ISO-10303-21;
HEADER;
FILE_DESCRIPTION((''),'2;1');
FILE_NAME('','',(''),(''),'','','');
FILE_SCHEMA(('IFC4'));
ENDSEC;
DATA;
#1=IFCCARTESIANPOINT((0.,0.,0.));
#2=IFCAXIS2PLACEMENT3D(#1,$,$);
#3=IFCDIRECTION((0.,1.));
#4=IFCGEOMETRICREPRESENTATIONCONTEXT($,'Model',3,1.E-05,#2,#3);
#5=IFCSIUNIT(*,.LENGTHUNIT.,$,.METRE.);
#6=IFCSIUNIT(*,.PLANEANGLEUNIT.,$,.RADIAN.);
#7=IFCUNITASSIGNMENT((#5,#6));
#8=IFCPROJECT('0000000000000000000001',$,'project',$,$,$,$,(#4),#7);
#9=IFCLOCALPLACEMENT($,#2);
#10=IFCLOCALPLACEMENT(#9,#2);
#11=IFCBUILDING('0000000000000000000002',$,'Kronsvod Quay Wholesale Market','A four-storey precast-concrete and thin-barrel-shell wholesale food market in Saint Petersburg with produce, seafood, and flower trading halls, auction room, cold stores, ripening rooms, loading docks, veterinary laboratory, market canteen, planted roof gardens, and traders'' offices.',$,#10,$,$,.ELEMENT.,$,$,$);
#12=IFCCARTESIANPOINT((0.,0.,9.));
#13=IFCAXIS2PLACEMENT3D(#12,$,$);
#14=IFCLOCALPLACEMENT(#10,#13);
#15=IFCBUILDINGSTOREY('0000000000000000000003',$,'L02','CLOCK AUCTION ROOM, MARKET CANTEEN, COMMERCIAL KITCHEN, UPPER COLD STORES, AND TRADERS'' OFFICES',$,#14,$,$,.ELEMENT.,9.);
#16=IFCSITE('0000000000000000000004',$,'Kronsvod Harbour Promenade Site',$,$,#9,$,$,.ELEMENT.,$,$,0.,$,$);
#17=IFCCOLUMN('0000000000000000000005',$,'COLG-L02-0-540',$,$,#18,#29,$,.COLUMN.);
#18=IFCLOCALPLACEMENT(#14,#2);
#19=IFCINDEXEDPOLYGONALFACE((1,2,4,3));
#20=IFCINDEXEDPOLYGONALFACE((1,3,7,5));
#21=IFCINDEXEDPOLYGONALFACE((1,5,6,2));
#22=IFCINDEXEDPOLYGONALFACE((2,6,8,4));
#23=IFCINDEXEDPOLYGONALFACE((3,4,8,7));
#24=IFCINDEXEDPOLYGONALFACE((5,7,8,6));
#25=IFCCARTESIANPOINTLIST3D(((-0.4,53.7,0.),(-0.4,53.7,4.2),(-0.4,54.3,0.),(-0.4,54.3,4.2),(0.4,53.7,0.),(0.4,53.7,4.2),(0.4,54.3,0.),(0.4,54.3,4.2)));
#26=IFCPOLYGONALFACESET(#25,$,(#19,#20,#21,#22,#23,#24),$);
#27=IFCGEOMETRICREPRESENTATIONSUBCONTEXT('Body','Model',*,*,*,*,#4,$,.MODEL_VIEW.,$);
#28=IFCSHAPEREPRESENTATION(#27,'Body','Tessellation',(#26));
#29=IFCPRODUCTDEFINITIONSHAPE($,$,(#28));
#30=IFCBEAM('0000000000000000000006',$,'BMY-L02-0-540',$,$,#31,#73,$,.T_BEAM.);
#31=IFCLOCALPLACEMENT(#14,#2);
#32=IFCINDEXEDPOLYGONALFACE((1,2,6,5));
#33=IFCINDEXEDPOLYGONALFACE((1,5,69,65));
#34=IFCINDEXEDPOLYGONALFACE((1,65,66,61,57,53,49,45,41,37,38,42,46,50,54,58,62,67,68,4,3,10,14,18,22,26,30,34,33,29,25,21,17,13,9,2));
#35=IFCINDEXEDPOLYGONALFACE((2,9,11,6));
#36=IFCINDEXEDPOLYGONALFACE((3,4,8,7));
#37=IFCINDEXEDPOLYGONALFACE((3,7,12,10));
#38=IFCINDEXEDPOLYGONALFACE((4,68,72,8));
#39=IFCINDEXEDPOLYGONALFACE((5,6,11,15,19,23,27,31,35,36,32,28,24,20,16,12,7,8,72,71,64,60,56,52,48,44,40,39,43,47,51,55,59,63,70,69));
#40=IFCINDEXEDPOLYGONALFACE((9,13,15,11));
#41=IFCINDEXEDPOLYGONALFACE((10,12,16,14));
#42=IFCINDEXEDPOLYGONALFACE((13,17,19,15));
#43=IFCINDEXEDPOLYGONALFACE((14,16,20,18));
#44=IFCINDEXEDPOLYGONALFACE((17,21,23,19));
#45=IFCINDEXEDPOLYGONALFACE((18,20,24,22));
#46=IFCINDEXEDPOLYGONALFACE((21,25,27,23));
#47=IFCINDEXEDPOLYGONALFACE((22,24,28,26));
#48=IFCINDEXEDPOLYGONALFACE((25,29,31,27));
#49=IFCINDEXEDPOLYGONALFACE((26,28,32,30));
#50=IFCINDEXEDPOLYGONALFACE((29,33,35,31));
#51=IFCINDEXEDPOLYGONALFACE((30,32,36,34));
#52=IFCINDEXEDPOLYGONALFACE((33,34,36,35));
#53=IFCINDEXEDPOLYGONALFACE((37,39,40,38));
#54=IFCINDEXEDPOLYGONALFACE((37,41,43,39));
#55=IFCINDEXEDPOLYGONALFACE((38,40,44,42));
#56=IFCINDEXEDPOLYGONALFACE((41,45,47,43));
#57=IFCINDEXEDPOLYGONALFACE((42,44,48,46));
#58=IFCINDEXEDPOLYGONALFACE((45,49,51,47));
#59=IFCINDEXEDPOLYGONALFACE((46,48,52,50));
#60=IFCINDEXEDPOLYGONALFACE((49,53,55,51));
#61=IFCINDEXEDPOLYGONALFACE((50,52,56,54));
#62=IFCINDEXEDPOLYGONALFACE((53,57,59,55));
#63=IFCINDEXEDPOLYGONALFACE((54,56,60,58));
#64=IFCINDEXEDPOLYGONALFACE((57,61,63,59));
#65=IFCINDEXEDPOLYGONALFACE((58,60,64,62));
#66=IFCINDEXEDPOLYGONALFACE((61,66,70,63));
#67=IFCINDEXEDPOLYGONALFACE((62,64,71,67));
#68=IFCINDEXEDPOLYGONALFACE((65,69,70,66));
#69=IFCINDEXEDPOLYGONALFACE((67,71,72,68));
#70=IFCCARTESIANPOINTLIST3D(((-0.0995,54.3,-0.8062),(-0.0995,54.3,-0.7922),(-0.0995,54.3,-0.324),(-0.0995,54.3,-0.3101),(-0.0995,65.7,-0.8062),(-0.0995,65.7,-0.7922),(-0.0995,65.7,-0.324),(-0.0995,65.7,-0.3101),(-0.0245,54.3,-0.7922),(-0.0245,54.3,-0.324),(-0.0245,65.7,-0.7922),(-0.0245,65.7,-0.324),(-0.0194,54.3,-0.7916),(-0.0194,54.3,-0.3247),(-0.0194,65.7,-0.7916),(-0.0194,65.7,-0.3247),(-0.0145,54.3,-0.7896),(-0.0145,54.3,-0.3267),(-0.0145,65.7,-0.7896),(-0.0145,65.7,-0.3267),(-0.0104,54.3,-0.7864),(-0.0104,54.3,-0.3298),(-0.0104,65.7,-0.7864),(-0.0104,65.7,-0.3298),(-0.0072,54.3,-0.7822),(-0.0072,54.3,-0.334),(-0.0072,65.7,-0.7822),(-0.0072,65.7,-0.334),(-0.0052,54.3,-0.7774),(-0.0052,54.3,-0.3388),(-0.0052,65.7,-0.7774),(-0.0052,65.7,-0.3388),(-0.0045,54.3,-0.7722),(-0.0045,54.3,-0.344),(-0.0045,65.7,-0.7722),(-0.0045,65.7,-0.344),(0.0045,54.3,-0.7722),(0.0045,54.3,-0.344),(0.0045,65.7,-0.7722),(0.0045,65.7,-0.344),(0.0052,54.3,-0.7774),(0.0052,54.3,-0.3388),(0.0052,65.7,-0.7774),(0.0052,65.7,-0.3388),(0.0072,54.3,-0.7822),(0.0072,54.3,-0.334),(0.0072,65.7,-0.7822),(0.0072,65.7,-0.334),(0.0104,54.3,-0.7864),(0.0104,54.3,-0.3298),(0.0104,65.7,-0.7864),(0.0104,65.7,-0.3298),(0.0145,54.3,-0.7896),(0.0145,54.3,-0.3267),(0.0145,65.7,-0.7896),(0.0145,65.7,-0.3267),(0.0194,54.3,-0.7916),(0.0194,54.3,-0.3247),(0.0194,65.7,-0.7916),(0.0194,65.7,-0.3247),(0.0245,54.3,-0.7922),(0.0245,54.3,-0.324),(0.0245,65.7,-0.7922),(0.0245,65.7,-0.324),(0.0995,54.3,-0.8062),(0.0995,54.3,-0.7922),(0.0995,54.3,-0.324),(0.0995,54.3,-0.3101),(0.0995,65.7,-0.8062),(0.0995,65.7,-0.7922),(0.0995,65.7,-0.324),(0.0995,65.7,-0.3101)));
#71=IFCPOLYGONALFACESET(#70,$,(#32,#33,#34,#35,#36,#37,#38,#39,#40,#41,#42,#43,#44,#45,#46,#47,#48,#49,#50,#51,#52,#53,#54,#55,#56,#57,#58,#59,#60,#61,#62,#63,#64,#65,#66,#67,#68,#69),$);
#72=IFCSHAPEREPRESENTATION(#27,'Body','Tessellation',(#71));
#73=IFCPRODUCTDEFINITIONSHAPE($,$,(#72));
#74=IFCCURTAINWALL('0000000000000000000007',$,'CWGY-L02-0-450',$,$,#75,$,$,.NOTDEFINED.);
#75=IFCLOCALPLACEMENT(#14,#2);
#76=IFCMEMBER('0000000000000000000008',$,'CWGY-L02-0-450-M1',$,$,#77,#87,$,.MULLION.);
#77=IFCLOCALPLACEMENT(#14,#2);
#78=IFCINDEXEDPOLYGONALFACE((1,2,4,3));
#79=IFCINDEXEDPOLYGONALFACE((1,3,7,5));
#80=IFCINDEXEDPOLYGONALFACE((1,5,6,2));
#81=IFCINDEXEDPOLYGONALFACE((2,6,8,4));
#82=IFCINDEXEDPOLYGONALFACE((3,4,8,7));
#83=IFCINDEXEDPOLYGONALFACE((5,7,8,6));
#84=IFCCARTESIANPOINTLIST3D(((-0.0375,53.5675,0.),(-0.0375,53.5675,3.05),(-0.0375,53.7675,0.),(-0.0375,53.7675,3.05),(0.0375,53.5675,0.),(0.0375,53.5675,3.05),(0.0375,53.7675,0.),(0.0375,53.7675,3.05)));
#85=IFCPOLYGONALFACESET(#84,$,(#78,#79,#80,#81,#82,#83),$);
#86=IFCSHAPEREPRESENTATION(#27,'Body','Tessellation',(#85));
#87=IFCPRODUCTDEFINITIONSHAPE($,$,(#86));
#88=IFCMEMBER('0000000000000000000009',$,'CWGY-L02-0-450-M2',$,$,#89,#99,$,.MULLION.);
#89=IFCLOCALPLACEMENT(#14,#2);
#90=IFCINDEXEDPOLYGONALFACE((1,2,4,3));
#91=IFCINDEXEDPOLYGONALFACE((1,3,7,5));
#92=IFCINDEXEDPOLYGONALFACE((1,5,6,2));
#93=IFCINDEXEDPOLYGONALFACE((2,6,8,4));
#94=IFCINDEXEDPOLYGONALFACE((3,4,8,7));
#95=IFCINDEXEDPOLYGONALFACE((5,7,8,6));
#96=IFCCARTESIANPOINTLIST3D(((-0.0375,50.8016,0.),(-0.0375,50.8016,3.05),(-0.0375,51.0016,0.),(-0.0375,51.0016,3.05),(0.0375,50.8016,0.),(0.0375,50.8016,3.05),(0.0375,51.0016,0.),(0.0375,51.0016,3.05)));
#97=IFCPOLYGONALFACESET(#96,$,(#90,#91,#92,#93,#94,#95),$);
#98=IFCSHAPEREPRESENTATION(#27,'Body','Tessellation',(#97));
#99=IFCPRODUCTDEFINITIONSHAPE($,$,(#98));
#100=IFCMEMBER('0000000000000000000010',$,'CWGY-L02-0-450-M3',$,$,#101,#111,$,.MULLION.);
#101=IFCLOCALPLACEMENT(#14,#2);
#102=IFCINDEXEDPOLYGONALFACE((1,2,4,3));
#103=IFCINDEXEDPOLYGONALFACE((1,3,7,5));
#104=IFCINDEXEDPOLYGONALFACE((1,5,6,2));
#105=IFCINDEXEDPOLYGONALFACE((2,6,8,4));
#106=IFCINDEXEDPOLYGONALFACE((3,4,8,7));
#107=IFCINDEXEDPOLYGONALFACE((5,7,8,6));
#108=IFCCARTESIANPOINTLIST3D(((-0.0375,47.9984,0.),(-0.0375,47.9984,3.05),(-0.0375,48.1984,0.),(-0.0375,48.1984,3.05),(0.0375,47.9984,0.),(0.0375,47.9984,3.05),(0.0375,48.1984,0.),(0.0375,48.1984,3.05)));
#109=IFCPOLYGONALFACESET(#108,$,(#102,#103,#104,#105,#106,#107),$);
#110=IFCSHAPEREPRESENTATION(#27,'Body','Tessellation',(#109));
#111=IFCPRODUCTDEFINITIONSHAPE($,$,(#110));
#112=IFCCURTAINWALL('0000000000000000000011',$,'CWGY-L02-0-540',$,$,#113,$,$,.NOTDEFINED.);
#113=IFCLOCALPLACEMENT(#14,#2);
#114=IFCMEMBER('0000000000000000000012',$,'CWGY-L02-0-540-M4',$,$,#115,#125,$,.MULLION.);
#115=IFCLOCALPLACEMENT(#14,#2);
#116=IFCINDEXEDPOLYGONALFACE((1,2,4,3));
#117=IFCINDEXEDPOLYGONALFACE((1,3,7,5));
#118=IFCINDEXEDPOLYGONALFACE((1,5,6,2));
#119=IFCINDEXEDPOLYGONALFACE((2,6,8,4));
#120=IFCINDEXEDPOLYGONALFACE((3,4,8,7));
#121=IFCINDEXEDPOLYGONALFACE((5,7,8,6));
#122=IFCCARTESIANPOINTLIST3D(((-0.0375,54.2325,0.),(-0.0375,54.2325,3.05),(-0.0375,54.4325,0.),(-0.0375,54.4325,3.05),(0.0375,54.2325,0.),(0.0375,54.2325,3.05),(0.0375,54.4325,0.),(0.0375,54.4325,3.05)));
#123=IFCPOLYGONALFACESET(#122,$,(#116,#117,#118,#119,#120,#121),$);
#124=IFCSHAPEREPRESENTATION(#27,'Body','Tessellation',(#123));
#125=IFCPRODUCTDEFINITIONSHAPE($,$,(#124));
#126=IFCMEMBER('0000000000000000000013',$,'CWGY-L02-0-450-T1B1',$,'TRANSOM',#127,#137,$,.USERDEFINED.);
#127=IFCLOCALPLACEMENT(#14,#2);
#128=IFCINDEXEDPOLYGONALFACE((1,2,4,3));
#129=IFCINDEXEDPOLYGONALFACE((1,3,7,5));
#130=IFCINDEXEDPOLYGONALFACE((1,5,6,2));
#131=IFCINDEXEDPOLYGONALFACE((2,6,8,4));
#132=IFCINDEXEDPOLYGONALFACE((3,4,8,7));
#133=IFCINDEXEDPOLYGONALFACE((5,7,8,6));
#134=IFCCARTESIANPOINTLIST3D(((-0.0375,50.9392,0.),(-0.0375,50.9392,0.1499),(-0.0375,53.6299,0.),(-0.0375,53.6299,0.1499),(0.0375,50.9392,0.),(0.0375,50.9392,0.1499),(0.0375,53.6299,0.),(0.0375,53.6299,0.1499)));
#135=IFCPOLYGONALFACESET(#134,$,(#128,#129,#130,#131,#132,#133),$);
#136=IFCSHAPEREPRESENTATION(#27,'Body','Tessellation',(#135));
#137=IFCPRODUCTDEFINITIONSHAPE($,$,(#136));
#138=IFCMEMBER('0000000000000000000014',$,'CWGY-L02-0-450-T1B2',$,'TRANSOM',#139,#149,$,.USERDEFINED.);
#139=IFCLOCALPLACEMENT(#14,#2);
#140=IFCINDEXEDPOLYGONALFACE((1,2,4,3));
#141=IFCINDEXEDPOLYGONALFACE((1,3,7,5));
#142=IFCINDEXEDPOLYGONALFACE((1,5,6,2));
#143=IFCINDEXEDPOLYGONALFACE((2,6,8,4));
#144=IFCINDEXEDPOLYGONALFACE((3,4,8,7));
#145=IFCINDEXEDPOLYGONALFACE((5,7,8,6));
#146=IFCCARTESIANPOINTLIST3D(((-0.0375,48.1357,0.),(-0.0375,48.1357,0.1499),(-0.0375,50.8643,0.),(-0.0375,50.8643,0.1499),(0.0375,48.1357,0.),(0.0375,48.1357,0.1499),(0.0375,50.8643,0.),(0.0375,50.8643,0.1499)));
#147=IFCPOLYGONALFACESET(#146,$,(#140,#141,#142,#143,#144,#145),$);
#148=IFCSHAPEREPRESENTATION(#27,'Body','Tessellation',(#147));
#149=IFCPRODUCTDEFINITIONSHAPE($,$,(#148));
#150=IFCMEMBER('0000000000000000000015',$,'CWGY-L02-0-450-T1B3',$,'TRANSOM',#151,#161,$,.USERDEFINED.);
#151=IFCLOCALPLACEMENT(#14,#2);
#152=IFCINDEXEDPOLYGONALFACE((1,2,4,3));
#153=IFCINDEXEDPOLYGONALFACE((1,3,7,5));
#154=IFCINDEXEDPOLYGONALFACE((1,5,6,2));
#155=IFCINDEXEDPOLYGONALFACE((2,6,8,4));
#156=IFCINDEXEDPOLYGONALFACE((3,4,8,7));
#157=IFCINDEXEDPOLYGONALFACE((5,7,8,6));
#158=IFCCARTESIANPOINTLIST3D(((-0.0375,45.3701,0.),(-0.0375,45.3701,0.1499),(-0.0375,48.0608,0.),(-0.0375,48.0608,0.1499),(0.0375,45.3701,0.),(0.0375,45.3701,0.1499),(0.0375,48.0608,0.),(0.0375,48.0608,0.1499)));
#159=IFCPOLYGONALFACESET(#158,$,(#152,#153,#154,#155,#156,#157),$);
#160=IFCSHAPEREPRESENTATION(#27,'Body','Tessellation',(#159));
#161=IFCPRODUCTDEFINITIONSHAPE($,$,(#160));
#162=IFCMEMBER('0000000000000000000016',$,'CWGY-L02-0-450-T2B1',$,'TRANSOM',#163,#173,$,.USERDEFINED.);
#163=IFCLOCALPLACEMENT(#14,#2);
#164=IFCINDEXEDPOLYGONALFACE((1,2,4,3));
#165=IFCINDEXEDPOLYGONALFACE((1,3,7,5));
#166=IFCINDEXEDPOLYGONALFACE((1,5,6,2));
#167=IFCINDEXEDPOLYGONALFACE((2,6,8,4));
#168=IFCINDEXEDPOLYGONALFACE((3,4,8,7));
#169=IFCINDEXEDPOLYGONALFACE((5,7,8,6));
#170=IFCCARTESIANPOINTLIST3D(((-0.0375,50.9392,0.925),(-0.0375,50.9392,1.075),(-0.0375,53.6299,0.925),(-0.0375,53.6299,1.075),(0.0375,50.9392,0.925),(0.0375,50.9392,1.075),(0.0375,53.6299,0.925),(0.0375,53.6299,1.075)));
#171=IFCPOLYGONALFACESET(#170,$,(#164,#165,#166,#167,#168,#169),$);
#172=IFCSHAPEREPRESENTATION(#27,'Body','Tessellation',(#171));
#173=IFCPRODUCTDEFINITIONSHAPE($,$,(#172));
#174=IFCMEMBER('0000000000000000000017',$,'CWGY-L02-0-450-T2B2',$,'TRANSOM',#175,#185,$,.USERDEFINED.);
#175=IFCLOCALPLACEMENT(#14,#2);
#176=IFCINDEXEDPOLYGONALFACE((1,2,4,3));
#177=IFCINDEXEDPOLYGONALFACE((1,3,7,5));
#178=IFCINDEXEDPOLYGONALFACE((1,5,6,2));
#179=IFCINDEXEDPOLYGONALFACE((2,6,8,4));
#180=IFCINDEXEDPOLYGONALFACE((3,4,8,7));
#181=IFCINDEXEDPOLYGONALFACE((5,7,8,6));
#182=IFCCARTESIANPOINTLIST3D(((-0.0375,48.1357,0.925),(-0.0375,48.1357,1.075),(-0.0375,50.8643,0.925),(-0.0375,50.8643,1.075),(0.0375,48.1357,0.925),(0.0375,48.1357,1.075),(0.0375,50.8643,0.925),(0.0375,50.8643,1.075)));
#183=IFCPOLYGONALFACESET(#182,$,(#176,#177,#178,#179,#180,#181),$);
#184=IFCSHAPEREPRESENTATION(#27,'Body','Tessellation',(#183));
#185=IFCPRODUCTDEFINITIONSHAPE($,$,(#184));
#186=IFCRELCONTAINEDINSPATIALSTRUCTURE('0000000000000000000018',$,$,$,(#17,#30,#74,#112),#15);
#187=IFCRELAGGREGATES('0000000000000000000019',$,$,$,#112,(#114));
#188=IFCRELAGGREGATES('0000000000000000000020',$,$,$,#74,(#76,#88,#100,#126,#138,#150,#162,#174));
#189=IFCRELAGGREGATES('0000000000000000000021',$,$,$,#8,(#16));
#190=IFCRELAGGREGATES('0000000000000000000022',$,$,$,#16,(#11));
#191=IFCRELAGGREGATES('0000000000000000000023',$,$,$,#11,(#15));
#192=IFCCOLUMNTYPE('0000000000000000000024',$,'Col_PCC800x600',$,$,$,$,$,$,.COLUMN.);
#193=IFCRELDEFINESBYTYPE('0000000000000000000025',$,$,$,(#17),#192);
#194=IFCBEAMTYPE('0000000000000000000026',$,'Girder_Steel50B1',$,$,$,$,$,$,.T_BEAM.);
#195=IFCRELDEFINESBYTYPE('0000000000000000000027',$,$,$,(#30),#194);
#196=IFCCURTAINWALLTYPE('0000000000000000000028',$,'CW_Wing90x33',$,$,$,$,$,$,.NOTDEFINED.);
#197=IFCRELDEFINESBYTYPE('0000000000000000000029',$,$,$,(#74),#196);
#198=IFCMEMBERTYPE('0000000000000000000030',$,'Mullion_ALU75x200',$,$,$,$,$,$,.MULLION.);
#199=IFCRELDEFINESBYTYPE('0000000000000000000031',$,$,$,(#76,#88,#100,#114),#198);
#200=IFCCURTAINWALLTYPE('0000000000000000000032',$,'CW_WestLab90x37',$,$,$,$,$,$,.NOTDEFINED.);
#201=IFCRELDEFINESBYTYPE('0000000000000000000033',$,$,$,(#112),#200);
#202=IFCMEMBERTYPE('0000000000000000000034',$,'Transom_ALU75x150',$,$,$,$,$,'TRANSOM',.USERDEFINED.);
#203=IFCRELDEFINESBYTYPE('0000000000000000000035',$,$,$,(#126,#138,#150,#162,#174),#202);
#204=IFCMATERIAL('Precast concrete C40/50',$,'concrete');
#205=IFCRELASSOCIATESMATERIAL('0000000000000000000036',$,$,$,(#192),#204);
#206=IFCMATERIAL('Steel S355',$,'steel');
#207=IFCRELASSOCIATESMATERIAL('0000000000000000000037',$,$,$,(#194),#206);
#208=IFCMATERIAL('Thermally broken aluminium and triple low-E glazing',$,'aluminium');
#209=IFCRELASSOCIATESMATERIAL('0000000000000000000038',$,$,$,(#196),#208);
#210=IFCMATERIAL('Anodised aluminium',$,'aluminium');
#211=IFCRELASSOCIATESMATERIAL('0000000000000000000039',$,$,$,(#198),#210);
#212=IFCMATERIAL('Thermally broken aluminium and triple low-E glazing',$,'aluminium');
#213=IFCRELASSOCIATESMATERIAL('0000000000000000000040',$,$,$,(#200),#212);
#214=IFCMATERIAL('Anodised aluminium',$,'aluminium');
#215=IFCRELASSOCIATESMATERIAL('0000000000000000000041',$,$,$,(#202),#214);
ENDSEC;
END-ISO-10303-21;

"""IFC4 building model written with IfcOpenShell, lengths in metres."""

from ifc_helpers import new_model, si_unit, direction, frame, origin, origin_2d, place, context, subcontext, project, spatial, rectangle, i_section, extrude, material, material_profile, profile_set, type_object, element, aggregate, save


model = new_model("IFC4")

# Units and contexts
model_context = context("Model", 3, precision=1e-05, world=origin(), true_north=direction((0.0, 1.0)))
body_context = subcontext(model_context, "Body", "Model", "MODEL_VIEW")
ifc_project = project(units=[si_unit("LENGTHUNIT", "METRE"), si_unit("PLANEANGLEUNIT", "RADIAN")], contexts=[model_context])

# Site, building, storey
site_placement = place(None, origin())
site = spatial("IfcSite", under=ifc_project, at=site_placement, Name="Kronsvod Harbour Promenade Site", CompositionType="ELEMENT", RefElevation=0.0)
building_placement = place(site_placement, origin())
building = spatial("IfcBuilding", under=site, at=building_placement, Name="Kronsvod Quay Wholesale Market", Description="A four-storey precast-concrete and thin-barrel-shell wholesale food market in Saint Petersburg with produce, seafood, and flower trading halls, auction room, cold stores, ripening rooms, loading docks, veterinary laboratory, market canteen, planted roof gardens, and traders' offices.", CompositionType="ELEMENT")
storey_placement = place(building_placement, frame((0.0, 0.0, 9.0)))
storey = spatial("IfcBuildingStorey", under=building, at=storey_placement, Name="L02", Description="CLOCK AUCTION ROOM, MARKET CANTEEN, COMMERCIAL KITCHEN, UPPER COLD STORES, AND TRADERS' OFFICES", CompositionType="ELEMENT", Elevation=9.0)

# Column
ifc_material_1 = material(Name="Precast concrete C40/50", Category="concrete")
ifc_material_profile_1 = material_profile(ifc_material_1, rectangle(XDim=0.8, YDim=0.6001, at=origin_2d()), Name="PCC800x600")
ifc_profile_set_1 = profile_set([ifc_material_profile_1], Name="Precast concrete C40/50")
column_type = type_object("IfcColumnType", Name="Col_PCC800x600", PredefinedType="COLUMN", material=ifc_profile_set_1)
column_placement = place(storey_placement, frame((0.0, 54.0, 0.0), z_axis=(0.0, 0.0, 1.0), x_axis=(1.0, 0.0, 0.0)))
element("IfcColumn", 1, at=column_placement, inside=storey, type_object=column_type, Name="COLG-L02-0-540", PredefinedType="COLUMN", context=body_context, shape_type="SweptSolid", body=[
    extrude(rectangle(XDim=0.8, YDim=0.6001, at=origin_2d()), origin(), (0.0, 0.0, 1.0), 4.2),
])

# Beam
ifc_material_2 = material(Name="Steel S355", Category="steel")
ifc_material_profile_2 = material_profile(ifc_material_2, i_section(OverallWidth=0.199, OverallDepth=0.4961, WebThickness=0.009, FlangeThickness=0.0139, FilletRadius=0.02, at=origin_2d()), Name="50B1")
ifc_profile_set_2 = profile_set([ifc_material_profile_2], Name="Steel S355")
beam_type = type_object("IfcBeamType", Name="Girder_Steel50B1", PredefinedType="T_BEAM", material=ifc_profile_set_2)
beam_placement = place(storey_placement, frame((0.0, 54.3, -0.5581), z_axis=(0.0, 1.0, 0.0), x_axis=(-1.0, 0.0, 0.0)))
element("IfcBeam", 2, at=beam_placement, inside=storey, type_object=beam_type, Name="BMY-L02-0-540", PredefinedType="T_BEAM", context=body_context, shape_type="SweptSolid", body=[
    extrude(i_section(OverallWidth=0.199, OverallDepth=0.4961, WebThickness=0.009, FlangeThickness=0.0139, FilletRadius=0.02, at=origin_2d()), origin(), (0.0, 0.0, 1.0), 11.3999),
])

# Curtain wall, members
ifc_material_3 = material(Name="Thermally broken aluminium and triple low-E glazing", Category="aluminium")
curtain_wall_type_1 = type_object("IfcCurtainWallType", Name="CW_Wing90x33", PredefinedType="NOTDEFINED", material=ifc_material_3)
curtain_wall_1_placement = place(storey_placement, origin())
curtain_wall_1 = element("IfcCurtainWall", 3, at=curtain_wall_1_placement, inside=storey, type_object=curtain_wall_type_1, Name="CWGY-L02-0-450", PredefinedType="NOTDEFINED")
ifc_material_4 = material(Name="Anodised aluminium", Category="aluminium")
ifc_material_profile_3 = material_profile(ifc_material_4, rectangle(XDim=0.075, YDim=0.2, at=origin_2d()), Name="ALUM75x200")
ifc_profile_set_3 = profile_set([ifc_material_profile_3], Name="Anodised aluminium")
member_type_1 = type_object("IfcMemberType", Name="Mullion_ALU75x200", PredefinedType="MULLION", material=ifc_profile_set_3)
member_1_placement = place(storey_placement, frame((0.0, 53.6675, 0.0), z_axis=(0.0, 0.0, 1.0), x_axis=(1.0, 0.0, 0.0)))
member_1 = element("IfcMember", 4, at=member_1_placement, type_object=member_type_1, Name="CWGY-L02-0-450-M1", PredefinedType="MULLION", context=body_context, shape_type="SweptSolid", body=[
    extrude(rectangle(XDim=0.075, YDim=0.2, at=origin_2d()), origin(), (0.0, 0.0, 1.0), 3.05),
])
member_2_placement = place(storey_placement, frame((0.0, 50.9016, 0.0), z_axis=(0.0, 0.0, 1.0), x_axis=(1.0, 0.0, 0.0)))
member_2 = element("IfcMember", 5, at=member_2_placement, type_object=member_type_1, Name="CWGY-L02-0-450-M2", PredefinedType="MULLION", context=body_context, shape_type="SweptSolid", body=[
    extrude(rectangle(XDim=0.075, YDim=0.2, at=origin_2d()), origin(), (0.0, 0.0, 1.0), 3.05),
])
member_3_placement = place(storey_placement, frame((0.0, 48.0984, 0.0), z_axis=(0.0, 0.0, 1.0), x_axis=(1.0, 0.0, 0.0)))
member_3 = element("IfcMember", 6, at=member_3_placement, type_object=member_type_1, Name="CWGY-L02-0-450-M3", PredefinedType="MULLION", context=body_context, shape_type="SweptSolid", body=[
    extrude(rectangle(XDim=0.075, YDim=0.2, at=origin_2d()), origin(), (0.0, 0.0, 1.0), 3.05),
])

# Curtain wall, member
ifc_material_5 = material(Name="Thermally broken aluminium and triple low-E glazing", Category="aluminium")
curtain_wall_type_2 = type_object("IfcCurtainWallType", Name="CW_WestLab90x37", PredefinedType="NOTDEFINED", material=ifc_material_5)
curtain_wall_2_placement = place(storey_placement, origin())
curtain_wall_2 = element("IfcCurtainWall", 7, at=curtain_wall_2_placement, inside=storey, type_object=curtain_wall_type_2, Name="CWGY-L02-0-540", PredefinedType="NOTDEFINED")
member_4_placement = place(storey_placement, frame((0.0, 54.3325, 0.0), z_axis=(0.0, 0.0, 1.0), x_axis=(1.0, 0.0, 0.0)))
member_4 = element("IfcMember", 8, at=member_4_placement, type_object=member_type_1, Name="CWGY-L02-0-540-M4", PredefinedType="MULLION", context=body_context, shape_type="SweptSolid", body=[
    extrude(rectangle(XDim=0.075, YDim=0.2, at=origin_2d()), origin(), (0.0, 0.0, 1.0), 3.05),
])

# Members
ifc_material_6 = material(Name="Anodised aluminium", Category="aluminium")
ifc_material_profile_4 = material_profile(ifc_material_6, rectangle(XDim=0.075, YDim=0.1499, at=origin_2d()), Name="ALUT75x150")
ifc_profile_set_4 = profile_set([ifc_material_profile_4], Name="Anodised aluminium")
member_type_2 = type_object("IfcMemberType", Name="Transom_ALU75x150", ElementType="TRANSOM", PredefinedType="USERDEFINED", material=ifc_profile_set_4)
member_5_placement = place(storey_placement, frame((0.0, 53.6299, 0.075), z_axis=(0.0, -1.0, 0.0), x_axis=(1.0, 0.0, 0.0)))
member_5 = element("IfcMember", 9, at=member_5_placement, type_object=member_type_2, Name="CWGY-L02-0-450-T1B1", ObjectType="TRANSOM", PredefinedType="USERDEFINED", context=body_context, shape_type="SweptSolid", body=[
    extrude(rectangle(XDim=0.075, YDim=0.1499, at=origin_2d()), origin(), (0.0, 0.0, 1.0), 2.6907),
])
member_6_placement = place(storey_placement, frame((0.0, 50.8643, 0.075), z_axis=(0.0, -1.0, 0.0), x_axis=(1.0, 0.0, 0.0)))
member_6 = element("IfcMember", 10, at=member_6_placement, type_object=member_type_2, Name="CWGY-L02-0-450-T1B2", ObjectType="TRANSOM", PredefinedType="USERDEFINED", context=body_context, shape_type="SweptSolid", body=[
    extrude(rectangle(XDim=0.075, YDim=0.1499, at=origin_2d()), origin(), (0.0, 0.0, 1.0), 2.7285),
])
member_7_placement = place(storey_placement, frame((0.0, 48.0608, 0.075), z_axis=(0.0, -1.0, 0.0), x_axis=(1.0, 0.0, 0.0)))
member_7 = element("IfcMember", 11, at=member_7_placement, type_object=member_type_2, Name="CWGY-L02-0-450-T1B3", ObjectType="TRANSOM", PredefinedType="USERDEFINED", context=body_context, shape_type="SweptSolid", body=[
    extrude(rectangle(XDim=0.075, YDim=0.1499, at=origin_2d()), origin(), (0.0, 0.0, 1.0), 2.6907),
])
member_8_placement = place(storey_placement, frame((0.0, 53.6299, 1.0), z_axis=(0.0, -1.0, 0.0), x_axis=(1.0, 0.0, 0.0)))
member_8 = element("IfcMember", 12, at=member_8_placement, type_object=member_type_2, Name="CWGY-L02-0-450-T2B1", ObjectType="TRANSOM", PredefinedType="USERDEFINED", context=body_context, shape_type="SweptSolid", body=[
    extrude(rectangle(XDim=0.075, YDim=0.1499, at=origin_2d()), origin(), (0.0, 0.0, 1.0), 2.6907),
])
member_9_placement = place(storey_placement, frame((0.0, 50.8643, 1.0), z_axis=(0.0, -1.0, 0.0), x_axis=(1.0, 0.0, 0.0)))
member_9 = element("IfcMember", 13, at=member_9_placement, type_object=member_type_2, Name="CWGY-L02-0-450-T2B2", ObjectType="TRANSOM", PredefinedType="USERDEFINED", context=body_context, shape_type="SweptSolid", body=[
    extrude(rectangle(XDim=0.075, YDim=0.1499, at=origin_2d()), origin(), (0.0, 0.0, 1.0), 2.7285),
])

aggregate(curtain_wall_2, [member_4])
aggregate(curtain_wall_1, [member_1, member_2, member_3, member_5, member_6, member_7, member_8, member_9])

save(model, "model.ifc")
